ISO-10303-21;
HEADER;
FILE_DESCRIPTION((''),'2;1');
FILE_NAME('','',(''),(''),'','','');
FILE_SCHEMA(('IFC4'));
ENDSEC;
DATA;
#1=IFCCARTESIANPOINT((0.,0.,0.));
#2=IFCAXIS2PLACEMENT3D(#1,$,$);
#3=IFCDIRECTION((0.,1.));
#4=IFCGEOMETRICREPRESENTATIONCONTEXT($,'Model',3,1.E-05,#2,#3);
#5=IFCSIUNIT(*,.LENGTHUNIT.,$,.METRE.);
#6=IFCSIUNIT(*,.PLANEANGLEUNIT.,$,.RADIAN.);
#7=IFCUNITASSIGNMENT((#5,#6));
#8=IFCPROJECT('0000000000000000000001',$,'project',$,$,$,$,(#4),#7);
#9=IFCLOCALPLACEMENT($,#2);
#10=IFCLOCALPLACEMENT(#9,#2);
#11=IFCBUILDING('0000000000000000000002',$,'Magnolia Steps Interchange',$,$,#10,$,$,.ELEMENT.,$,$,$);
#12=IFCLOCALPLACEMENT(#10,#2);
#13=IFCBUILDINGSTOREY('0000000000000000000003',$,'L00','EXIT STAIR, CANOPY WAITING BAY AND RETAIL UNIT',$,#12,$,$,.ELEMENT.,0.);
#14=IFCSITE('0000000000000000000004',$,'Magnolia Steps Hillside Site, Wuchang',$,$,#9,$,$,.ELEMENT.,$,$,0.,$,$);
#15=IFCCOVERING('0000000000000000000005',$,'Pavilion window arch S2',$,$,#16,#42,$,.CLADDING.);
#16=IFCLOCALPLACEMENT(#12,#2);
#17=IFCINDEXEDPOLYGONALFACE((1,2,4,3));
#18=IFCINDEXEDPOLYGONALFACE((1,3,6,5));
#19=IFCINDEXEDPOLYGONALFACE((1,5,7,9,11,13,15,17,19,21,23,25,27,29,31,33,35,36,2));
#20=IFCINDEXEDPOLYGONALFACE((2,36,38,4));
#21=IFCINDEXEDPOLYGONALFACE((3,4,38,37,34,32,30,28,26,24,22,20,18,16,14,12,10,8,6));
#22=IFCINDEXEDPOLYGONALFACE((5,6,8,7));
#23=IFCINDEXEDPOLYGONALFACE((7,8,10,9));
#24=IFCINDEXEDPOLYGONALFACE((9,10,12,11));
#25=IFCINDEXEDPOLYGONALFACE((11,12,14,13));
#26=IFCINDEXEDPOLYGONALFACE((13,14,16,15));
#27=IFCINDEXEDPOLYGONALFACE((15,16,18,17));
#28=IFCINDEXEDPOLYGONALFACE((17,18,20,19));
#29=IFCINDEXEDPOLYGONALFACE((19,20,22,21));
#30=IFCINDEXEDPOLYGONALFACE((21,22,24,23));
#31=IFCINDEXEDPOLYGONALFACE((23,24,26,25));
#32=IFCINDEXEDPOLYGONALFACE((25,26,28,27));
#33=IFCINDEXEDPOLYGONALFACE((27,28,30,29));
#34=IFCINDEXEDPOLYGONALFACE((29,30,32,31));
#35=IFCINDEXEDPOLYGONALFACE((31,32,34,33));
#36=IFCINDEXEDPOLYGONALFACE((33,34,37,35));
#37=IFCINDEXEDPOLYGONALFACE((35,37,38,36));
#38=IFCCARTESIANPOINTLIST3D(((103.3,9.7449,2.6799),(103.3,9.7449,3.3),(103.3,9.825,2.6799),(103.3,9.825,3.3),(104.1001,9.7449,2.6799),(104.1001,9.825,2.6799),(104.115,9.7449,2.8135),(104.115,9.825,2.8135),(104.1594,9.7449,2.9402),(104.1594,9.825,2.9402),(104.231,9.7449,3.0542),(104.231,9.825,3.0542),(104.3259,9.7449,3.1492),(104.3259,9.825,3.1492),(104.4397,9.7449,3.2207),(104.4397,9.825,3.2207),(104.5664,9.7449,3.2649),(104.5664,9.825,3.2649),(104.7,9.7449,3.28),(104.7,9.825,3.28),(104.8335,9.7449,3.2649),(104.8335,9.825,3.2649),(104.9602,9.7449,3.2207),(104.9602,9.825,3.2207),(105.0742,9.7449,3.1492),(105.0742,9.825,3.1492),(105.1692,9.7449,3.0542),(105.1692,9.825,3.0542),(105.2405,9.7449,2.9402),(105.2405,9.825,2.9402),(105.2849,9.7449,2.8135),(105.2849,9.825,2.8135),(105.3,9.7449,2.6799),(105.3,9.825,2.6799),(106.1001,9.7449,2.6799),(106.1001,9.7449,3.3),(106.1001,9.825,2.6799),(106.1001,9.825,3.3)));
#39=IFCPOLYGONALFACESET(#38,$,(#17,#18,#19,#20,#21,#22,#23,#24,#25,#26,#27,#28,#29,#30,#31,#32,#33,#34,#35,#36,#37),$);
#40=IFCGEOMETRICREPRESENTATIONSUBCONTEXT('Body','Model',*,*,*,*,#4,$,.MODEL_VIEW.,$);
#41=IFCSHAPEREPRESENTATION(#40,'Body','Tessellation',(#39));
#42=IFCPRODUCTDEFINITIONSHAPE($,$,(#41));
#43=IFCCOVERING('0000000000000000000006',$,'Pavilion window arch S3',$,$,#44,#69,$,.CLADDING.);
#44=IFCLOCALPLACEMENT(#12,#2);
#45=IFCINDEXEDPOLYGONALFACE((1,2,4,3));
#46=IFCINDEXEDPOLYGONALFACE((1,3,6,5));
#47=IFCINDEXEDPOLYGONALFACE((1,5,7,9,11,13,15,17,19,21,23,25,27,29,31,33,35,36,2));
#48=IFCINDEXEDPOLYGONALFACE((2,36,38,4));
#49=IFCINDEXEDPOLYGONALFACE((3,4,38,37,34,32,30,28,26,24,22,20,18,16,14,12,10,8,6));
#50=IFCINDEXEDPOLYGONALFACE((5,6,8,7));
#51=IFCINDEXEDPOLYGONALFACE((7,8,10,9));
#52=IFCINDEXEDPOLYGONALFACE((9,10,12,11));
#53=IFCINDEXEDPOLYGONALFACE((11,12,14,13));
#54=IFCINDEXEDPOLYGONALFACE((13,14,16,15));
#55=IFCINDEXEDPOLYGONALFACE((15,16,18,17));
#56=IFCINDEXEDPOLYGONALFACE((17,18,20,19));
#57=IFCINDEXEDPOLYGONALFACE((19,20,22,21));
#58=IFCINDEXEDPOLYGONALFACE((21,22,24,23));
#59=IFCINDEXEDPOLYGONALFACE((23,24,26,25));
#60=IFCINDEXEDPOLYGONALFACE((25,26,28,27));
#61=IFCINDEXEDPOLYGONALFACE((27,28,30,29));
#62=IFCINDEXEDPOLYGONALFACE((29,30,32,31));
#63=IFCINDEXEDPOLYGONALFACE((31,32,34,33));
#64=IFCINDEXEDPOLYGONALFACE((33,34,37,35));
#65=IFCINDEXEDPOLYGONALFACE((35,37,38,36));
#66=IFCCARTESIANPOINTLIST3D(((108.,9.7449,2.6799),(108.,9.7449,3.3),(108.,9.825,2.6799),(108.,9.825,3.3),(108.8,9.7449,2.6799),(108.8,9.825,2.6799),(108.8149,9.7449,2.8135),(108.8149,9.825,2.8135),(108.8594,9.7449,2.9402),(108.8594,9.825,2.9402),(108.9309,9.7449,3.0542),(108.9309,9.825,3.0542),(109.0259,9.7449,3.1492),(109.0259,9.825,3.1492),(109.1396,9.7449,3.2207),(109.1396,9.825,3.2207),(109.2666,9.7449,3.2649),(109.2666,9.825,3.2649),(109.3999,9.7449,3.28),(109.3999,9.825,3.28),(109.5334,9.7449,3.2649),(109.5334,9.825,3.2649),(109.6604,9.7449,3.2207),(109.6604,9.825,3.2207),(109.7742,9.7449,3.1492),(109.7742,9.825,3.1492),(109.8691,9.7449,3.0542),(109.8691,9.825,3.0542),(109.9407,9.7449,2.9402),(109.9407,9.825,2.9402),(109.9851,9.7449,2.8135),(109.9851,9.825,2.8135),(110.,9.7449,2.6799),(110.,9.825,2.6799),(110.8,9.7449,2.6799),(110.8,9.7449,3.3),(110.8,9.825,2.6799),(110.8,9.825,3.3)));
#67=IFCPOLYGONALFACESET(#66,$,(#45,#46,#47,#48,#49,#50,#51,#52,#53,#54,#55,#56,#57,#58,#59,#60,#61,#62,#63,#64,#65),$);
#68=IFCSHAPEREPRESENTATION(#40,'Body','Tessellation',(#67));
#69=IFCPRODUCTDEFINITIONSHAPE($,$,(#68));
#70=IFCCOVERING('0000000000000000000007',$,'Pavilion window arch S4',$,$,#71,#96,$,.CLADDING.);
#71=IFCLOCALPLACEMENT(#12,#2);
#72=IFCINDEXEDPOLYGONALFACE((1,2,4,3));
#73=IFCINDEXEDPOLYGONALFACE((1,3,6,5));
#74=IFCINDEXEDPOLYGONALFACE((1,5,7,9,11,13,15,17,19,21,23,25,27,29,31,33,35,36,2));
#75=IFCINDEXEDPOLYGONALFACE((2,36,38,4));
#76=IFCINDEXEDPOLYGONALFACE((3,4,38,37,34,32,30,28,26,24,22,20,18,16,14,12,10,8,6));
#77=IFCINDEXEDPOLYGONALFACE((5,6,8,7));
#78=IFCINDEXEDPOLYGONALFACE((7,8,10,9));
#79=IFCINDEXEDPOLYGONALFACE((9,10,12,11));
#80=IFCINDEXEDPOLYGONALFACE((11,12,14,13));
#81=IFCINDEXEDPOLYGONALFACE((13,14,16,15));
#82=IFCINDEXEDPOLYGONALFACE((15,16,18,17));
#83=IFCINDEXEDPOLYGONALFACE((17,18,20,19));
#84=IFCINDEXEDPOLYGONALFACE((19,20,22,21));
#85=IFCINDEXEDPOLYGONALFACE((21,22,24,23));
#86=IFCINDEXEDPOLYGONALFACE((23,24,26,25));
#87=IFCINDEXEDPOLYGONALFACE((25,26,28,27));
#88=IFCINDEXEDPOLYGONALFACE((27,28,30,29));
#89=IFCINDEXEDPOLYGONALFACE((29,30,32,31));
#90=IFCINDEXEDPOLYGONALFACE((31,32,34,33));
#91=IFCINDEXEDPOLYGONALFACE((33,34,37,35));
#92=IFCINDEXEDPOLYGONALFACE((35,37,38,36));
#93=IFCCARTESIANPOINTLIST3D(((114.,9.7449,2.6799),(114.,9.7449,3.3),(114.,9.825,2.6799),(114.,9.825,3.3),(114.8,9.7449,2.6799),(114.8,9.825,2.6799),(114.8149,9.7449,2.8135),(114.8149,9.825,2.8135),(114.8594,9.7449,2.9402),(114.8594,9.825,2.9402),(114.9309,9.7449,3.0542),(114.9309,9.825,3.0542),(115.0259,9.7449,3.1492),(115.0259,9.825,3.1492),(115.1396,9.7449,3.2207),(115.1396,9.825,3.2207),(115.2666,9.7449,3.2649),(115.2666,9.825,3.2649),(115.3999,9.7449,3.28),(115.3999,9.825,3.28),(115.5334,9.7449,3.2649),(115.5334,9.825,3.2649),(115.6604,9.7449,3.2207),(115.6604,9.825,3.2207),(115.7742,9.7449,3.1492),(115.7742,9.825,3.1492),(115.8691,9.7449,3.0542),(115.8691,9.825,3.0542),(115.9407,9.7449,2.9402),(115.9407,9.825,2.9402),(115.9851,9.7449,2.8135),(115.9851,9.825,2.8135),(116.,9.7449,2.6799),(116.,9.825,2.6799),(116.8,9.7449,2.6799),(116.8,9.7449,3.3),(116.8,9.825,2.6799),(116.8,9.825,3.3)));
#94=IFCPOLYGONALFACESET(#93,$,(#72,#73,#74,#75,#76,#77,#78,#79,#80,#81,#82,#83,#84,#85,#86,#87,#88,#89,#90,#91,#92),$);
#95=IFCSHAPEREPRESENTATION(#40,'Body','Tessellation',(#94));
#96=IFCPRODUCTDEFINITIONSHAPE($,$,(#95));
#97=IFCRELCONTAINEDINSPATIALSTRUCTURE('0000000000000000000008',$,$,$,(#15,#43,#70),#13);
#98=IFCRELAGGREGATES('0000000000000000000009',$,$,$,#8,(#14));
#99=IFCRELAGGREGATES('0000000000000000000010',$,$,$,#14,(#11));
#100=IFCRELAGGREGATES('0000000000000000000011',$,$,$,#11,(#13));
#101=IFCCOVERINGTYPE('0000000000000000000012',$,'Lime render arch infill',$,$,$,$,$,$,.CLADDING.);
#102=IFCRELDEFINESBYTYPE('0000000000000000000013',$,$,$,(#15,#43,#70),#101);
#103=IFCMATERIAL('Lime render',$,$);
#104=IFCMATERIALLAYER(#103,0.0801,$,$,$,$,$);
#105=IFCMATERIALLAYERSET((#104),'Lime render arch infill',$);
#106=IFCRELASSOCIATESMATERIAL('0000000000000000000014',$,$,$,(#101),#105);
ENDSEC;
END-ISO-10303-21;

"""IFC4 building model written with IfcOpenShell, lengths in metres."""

from ifc_helpers import new_model, si_unit, direction, frame, origin, place, context, subcontext, project, spatial, polyline, outline, extrude, material, layer, layer_set, type_object, element, save


model = new_model("IFC4")

# Units and contexts
model_context = context("Model", 3, precision=1e-05, world=origin(), true_north=direction((0.0, 1.0)))
body_context = subcontext(model_context, "Body", "Model", "MODEL_VIEW")
ifc_project = project(units=[si_unit("LENGTHUNIT", "METRE"), si_unit("PLANEANGLEUNIT", "RADIAN")], contexts=[model_context])

# Site, building, storey
site_placement = place(None, origin())
site = spatial("IfcSite", under=ifc_project, at=site_placement, Name="Magnolia Steps Hillside Site, Wuchang", CompositionType="ELEMENT", RefElevation=0.0)
building_placement = place(site_placement, origin())
building = spatial("IfcBuilding", under=site, at=building_placement, Name="Magnolia Steps Interchange", CompositionType="ELEMENT")
storey_placement = place(building_placement, origin())
storey = spatial("IfcBuildingStorey", under=building, at=storey_placement, Name="L00", Description="EXIT STAIR, CANOPY WAITING BAY AND RETAIL UNIT", CompositionType="ELEMENT", Elevation=0.0)

# Coverings
ifc_material_1 = material(Name="Lime render")
ifc_layer_1 = layer(ifc_material_1, 0.0801)
ifc_layer_set_1 = layer_set([ifc_layer_1], Name="Lime render arch infill")
covering_type = type_object("IfcCoveringType", Name="Lime render arch infill", PredefinedType="CLADDING", material=ifc_layer_set_1)
covering_placement = place(storey_placement, frame((103.3, 9.825, 2.6799), z_axis=(0.0, 1.0, 0.0), x_axis=(0.0, 0.0, 1.0)))
element("IfcCovering", 1, at=covering_placement, inside=storey, type_object=covering_type, Name="Pavilion window arch S2", PredefinedType="CLADDING", context=body_context, shape_type="SweptSolid", body=[
    extrude(outline(polyline([(0.0, 0.0), (0.6201, 0.0), (0.6201, 2.8), (0.0, 2.8), (0.0, 2.0), (0.1335, 1.9849), (0.2603, 1.9404), (0.3743, 1.8691), (0.4692, 1.7742), (0.5408, 1.6602), (0.585, 1.5334), (0.6001, 1.3999), (0.585, 1.2664), (0.5408, 1.1396), (0.4692, 1.0259), (0.3743, 0.9309), (0.2603, 0.8594), (0.1335, 0.8149), (0.0, 0.8), (0.0, 0.0)])), origin(), (0.0, 0.0, -1.0), 0.0801),
])
for number, where, z_axis, x_axis, name in (
    (2, (108.0, 9.825, 2.6799), (0.0, 1.0, 0.0), (0.0, 0.0, 1.0), "Pavilion window arch S3"),
    (3, (114.0, 9.825, 2.6799), (0.0, 1.0, 0.0), (0.0, 0.0, 1.0), "Pavilion window arch S4"),
):
    element("IfcCovering", number, at=place(storey_placement, frame(where, z_axis=z_axis, x_axis=x_axis)), inside=storey, type_object=covering_type, Name=name, PredefinedType="CLADDING", context=body_context, shape_type="SweptSolid", body=[
        extrude(outline(polyline([(0.0, 0.0), (0.6201, 0.0), (0.6201, 2.8), (0.0, 2.8), (0.0, 2.0), (0.1335, 1.9851), (0.2603, 1.9407), (0.3743, 1.8691), (0.4692, 1.7742), (0.5408, 1.6604), (0.585, 1.5334), (0.6001, 1.3999), (0.585, 1.2666), (0.5408, 1.1396), (0.4692, 1.0259), (0.3743, 0.9309), (0.2603, 0.8594), (0.1335, 0.8149), (0.0, 0.8), (0.0, 0.0)])), origin(), (0.0, 0.0, -1.0), 0.0801),
    ])

save(model, "model.ifc")
